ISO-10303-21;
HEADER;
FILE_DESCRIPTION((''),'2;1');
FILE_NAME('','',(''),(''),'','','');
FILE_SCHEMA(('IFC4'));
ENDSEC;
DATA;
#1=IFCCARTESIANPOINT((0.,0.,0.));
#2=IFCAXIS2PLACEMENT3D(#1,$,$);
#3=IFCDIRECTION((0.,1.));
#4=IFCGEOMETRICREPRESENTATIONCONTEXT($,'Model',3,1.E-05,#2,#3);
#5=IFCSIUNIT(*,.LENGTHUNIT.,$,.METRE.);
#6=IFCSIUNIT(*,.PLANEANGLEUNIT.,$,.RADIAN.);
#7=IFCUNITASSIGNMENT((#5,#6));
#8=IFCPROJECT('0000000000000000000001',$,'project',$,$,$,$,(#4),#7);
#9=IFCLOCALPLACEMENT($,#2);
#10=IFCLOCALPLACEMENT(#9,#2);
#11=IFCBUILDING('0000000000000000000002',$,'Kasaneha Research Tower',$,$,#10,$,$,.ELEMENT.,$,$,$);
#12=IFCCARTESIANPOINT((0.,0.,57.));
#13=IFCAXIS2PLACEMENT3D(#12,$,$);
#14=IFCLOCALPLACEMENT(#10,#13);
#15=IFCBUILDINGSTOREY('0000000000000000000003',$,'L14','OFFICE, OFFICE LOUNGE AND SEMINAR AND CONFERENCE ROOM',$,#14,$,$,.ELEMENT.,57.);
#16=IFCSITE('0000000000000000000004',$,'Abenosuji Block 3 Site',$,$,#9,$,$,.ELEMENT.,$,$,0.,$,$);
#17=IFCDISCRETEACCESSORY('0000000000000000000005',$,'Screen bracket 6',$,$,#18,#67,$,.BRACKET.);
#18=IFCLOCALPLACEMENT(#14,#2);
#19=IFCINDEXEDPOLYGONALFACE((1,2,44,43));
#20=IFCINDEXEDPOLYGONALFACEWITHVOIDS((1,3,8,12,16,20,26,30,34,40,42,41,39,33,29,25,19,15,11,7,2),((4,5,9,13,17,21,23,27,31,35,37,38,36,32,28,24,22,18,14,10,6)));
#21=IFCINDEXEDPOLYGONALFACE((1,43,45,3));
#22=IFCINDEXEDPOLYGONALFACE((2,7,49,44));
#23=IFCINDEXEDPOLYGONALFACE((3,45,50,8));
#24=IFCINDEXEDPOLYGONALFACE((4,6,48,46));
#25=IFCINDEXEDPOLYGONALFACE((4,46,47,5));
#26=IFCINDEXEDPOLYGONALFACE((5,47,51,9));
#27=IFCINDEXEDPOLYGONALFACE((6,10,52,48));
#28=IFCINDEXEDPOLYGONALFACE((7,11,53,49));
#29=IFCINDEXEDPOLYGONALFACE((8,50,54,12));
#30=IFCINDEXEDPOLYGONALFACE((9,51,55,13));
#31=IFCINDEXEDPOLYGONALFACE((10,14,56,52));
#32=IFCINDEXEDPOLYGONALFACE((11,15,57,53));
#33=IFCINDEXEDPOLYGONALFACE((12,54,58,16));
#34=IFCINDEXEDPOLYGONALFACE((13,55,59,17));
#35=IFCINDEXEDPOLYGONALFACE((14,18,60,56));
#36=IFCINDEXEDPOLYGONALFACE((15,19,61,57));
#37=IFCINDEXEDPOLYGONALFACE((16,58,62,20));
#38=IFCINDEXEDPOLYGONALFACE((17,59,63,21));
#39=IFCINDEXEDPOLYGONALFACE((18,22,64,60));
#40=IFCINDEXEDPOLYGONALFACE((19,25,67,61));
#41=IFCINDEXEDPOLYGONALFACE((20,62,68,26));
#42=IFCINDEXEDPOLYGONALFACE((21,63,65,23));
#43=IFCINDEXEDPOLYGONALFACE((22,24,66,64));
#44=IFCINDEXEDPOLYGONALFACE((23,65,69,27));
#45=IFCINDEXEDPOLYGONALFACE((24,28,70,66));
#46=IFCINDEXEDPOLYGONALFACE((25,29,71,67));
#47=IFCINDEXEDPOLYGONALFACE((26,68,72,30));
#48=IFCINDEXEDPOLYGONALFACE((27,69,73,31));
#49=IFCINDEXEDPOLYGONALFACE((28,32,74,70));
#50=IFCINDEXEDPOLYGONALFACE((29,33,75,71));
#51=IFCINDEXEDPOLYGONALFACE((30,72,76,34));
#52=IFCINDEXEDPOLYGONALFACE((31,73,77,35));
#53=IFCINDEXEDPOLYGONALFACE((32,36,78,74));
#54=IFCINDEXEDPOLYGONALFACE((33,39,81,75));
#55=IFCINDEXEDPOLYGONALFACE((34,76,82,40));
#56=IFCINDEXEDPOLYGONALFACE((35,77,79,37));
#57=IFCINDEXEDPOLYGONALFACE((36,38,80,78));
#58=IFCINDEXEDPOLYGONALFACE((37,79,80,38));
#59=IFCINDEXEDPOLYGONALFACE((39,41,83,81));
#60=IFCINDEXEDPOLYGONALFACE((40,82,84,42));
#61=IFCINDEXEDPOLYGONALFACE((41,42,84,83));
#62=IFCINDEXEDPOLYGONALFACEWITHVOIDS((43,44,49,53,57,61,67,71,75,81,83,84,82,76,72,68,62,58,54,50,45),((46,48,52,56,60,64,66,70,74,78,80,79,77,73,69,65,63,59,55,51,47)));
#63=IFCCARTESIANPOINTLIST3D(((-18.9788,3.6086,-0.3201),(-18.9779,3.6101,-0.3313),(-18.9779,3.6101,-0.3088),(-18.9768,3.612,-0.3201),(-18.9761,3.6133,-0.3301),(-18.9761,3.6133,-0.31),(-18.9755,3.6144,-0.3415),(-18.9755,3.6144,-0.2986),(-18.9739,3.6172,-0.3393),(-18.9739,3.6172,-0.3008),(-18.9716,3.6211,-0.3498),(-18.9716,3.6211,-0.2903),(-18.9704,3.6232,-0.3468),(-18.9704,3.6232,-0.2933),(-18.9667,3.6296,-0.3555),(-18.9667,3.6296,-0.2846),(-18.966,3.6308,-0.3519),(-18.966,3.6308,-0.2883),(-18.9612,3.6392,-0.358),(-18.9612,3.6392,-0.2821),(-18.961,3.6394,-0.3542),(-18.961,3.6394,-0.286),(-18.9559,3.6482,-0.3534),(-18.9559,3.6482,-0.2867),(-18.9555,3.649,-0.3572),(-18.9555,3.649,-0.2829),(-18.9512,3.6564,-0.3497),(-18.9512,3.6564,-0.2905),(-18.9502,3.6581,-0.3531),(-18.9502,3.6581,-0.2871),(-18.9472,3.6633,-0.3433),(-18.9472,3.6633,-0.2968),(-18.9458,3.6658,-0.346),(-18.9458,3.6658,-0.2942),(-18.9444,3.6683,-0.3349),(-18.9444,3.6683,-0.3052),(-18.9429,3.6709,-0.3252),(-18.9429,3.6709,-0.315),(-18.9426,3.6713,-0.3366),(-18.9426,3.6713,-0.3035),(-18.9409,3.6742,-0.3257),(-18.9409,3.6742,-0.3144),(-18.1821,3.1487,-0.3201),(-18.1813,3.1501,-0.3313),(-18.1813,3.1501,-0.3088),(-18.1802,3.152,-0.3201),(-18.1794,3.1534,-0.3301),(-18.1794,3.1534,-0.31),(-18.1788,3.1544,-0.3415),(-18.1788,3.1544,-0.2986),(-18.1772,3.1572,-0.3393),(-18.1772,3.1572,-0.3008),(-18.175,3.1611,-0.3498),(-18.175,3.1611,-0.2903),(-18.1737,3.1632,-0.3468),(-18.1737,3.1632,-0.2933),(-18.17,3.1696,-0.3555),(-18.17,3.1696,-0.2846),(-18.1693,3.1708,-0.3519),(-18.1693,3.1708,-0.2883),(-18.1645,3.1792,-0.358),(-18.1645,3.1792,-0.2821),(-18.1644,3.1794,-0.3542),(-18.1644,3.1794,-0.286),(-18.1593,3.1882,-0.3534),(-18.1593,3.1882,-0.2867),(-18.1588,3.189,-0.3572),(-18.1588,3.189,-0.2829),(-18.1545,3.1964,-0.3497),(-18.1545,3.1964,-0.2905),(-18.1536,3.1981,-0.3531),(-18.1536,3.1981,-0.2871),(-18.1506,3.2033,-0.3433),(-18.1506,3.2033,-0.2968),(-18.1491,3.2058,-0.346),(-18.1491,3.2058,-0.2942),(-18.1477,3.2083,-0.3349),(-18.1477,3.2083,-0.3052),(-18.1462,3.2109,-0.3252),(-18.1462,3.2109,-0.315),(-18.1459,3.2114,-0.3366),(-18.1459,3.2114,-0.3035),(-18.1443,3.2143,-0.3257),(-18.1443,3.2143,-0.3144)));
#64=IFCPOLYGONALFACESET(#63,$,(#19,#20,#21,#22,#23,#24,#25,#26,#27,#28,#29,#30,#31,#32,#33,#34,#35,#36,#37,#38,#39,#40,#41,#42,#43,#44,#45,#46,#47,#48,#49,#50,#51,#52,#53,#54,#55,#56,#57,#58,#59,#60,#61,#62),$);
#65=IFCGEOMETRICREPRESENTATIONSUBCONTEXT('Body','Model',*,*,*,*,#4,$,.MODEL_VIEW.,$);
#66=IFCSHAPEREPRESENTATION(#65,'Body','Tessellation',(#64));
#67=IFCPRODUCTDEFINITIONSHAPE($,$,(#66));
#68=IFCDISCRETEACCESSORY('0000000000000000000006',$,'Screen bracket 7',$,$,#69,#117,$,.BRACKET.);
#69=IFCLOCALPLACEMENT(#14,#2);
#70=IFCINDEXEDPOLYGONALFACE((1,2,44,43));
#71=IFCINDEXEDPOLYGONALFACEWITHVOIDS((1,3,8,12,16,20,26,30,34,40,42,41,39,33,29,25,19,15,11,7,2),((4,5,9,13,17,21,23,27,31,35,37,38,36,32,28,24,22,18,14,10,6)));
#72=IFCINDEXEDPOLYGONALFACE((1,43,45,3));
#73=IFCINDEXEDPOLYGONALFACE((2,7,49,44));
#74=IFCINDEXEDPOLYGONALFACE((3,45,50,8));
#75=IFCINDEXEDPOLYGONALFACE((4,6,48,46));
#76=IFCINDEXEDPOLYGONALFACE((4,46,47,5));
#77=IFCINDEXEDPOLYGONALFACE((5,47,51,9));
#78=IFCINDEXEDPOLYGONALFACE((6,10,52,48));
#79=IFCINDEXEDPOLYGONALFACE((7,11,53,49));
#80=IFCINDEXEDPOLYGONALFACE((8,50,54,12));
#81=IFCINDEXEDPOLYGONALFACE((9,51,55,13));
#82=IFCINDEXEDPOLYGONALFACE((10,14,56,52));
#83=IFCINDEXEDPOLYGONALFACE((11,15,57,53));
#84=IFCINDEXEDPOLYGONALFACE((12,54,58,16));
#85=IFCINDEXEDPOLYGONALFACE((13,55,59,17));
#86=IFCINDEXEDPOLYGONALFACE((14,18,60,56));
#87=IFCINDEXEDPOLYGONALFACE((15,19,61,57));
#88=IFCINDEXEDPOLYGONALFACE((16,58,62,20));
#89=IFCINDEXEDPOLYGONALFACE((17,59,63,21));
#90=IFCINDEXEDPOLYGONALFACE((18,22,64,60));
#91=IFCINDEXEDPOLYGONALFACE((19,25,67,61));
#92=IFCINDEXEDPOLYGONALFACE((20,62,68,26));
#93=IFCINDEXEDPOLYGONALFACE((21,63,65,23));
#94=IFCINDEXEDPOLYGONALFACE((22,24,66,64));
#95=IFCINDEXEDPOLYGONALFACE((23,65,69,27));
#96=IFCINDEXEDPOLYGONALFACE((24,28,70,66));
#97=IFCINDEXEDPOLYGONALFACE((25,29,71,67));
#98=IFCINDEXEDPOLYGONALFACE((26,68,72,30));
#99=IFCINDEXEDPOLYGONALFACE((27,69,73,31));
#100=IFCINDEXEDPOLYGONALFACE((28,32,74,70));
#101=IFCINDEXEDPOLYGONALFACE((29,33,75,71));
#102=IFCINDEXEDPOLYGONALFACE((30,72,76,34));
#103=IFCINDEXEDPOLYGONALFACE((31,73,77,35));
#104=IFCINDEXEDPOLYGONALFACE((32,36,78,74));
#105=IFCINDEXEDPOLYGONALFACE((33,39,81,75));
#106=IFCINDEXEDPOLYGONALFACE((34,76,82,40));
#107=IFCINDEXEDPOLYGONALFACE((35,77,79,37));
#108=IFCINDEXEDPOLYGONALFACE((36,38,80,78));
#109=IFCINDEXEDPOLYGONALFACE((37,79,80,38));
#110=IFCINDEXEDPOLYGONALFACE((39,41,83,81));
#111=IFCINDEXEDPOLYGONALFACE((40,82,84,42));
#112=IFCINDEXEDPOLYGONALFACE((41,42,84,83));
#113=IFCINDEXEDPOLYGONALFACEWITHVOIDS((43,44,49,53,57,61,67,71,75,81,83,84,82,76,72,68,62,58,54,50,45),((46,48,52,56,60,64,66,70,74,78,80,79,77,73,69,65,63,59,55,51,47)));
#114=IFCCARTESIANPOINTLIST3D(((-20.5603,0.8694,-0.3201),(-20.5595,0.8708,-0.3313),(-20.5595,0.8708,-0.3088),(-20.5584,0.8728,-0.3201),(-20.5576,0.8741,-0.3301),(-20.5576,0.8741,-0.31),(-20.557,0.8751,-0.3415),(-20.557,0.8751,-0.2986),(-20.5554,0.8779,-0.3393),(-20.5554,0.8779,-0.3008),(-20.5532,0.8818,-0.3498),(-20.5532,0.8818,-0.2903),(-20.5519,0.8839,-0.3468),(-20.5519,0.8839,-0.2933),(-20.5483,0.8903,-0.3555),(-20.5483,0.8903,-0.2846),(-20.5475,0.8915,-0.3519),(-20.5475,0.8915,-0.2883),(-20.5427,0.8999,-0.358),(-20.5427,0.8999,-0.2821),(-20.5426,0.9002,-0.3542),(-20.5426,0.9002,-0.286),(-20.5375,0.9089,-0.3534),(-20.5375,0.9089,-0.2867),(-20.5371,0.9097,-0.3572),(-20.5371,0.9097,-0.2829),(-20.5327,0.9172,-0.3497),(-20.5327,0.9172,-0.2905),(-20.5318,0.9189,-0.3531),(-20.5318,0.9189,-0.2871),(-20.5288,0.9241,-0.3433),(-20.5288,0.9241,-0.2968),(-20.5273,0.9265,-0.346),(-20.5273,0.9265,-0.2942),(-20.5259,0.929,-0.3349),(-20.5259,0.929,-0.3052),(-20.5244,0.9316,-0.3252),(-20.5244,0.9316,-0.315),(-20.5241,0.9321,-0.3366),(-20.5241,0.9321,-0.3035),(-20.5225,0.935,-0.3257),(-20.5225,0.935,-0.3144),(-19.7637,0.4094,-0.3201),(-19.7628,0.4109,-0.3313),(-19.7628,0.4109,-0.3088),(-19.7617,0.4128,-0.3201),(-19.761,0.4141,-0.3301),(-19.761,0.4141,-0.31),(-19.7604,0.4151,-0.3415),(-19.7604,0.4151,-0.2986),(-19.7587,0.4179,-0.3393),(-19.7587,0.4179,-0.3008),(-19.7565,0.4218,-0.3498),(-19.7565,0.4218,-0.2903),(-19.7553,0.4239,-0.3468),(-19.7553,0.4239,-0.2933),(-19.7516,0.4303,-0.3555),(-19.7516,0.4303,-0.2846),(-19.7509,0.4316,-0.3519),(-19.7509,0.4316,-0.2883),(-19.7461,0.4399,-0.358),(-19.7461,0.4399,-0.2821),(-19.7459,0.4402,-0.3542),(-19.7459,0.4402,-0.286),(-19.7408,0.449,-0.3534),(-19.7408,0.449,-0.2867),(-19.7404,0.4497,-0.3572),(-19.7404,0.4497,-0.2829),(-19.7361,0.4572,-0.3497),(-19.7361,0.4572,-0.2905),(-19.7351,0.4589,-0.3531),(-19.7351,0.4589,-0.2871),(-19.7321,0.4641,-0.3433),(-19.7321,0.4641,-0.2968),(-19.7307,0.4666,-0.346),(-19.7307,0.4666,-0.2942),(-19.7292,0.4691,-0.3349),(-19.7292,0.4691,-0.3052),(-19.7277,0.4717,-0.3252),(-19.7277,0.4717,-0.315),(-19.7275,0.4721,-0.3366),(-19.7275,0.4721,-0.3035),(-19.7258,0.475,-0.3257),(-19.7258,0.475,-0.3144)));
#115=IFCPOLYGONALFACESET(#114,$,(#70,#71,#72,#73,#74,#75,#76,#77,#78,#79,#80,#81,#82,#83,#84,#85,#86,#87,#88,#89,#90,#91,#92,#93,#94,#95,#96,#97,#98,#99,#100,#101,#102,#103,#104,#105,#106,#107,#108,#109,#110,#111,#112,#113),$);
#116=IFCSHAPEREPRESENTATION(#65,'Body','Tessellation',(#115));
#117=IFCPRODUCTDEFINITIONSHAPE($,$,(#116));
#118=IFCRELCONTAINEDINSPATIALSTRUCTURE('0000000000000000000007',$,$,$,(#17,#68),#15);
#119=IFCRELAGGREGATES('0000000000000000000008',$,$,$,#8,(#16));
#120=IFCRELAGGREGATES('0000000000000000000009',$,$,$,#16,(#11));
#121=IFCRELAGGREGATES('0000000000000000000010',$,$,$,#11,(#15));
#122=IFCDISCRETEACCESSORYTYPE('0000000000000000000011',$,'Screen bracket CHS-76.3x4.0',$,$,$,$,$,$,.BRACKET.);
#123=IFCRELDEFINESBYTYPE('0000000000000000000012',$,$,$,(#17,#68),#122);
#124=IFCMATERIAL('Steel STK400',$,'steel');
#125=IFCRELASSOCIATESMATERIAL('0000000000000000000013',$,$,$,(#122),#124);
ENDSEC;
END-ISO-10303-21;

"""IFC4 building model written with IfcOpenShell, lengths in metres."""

from ifc_helpers import new_model, si_unit, direction, frame, origin, origin_2d, place, context, subcontext, project, spatial, hollow_circle, extrude, material, material_profile, profile_set, type_object, element, save


model = new_model("IFC4")

# Units and contexts
model_context = context("Model", 3, precision=1e-05, world=origin(), true_north=direction((0.0, 1.0)))
body_context = subcontext(model_context, "Body", "Model", "MODEL_VIEW")
ifc_project = project(units=[si_unit("LENGTHUNIT", "METRE"), si_unit("PLANEANGLEUNIT", "RADIAN")], contexts=[model_context])

# Site, building, storey
site_placement = place(None, origin())
site = spatial("IfcSite", under=ifc_project, at=site_placement, Name="Abenosuji Block 3 Site", CompositionType="ELEMENT", RefElevation=0.0)
building_placement = place(site_placement, origin())
building = spatial("IfcBuilding", under=site, at=building_placement, Name="Kasaneha Research Tower", CompositionType="ELEMENT")
storey_placement = place(building_placement, frame((0.0, 0.0, 57.0)))
storey = spatial("IfcBuildingStorey", under=building, at=storey_placement, Name="L14", Description="OFFICE, OFFICE LOUNGE AND SEMINAR AND CONFERENCE ROOM", CompositionType="ELEMENT", Elevation=57.0)

# Discrete accessories
ifc_material_1 = material(Name="Steel STK400", Category="steel")
ifc_material_profile_1 = material_profile(ifc_material_1, hollow_circle(Radius=0.0381, WallThickness=0.0039, at=origin_2d()), Name="CHS-76.3x4.0")
ifc_profile_set_1 = profile_set([ifc_material_profile_1], Name="Steel STK400")
discrete_accessory_type = type_object("IfcDiscreteAccessoryType", Name="Screen bracket CHS-76.3x4.0", PredefinedType="BRACKET", material=ifc_profile_set_1)
for number, where, z_axis, x_axis, name in (
    (1, (-18.1631, 3.1816, -0.3201), (-0.866013, 0.500021, 0.0), (-0.500021, -0.866013, 0.0), "Screen bracket 6"),
    (2, (-19.7446, 0.4424, -0.3201), (-0.866013, 0.500021, 0.0), (-0.500021, -0.866013, 0.0), "Screen bracket 7"),
):
    element("IfcDiscreteAccessory", number, at=place(storey_placement, frame(where, z_axis=z_axis, x_axis=x_axis)), inside=storey, type_object=discrete_accessory_type, Name=name, PredefinedType="BRACKET", context=body_context, shape_type="SweptSolid", body=[
        extrude(hollow_circle(Radius=0.0381, WallThickness=0.0039, at=origin_2d()), origin(), (0.0, 0.0, 1.0), 0.9199),
    ])

save(model, "model.ifc")
